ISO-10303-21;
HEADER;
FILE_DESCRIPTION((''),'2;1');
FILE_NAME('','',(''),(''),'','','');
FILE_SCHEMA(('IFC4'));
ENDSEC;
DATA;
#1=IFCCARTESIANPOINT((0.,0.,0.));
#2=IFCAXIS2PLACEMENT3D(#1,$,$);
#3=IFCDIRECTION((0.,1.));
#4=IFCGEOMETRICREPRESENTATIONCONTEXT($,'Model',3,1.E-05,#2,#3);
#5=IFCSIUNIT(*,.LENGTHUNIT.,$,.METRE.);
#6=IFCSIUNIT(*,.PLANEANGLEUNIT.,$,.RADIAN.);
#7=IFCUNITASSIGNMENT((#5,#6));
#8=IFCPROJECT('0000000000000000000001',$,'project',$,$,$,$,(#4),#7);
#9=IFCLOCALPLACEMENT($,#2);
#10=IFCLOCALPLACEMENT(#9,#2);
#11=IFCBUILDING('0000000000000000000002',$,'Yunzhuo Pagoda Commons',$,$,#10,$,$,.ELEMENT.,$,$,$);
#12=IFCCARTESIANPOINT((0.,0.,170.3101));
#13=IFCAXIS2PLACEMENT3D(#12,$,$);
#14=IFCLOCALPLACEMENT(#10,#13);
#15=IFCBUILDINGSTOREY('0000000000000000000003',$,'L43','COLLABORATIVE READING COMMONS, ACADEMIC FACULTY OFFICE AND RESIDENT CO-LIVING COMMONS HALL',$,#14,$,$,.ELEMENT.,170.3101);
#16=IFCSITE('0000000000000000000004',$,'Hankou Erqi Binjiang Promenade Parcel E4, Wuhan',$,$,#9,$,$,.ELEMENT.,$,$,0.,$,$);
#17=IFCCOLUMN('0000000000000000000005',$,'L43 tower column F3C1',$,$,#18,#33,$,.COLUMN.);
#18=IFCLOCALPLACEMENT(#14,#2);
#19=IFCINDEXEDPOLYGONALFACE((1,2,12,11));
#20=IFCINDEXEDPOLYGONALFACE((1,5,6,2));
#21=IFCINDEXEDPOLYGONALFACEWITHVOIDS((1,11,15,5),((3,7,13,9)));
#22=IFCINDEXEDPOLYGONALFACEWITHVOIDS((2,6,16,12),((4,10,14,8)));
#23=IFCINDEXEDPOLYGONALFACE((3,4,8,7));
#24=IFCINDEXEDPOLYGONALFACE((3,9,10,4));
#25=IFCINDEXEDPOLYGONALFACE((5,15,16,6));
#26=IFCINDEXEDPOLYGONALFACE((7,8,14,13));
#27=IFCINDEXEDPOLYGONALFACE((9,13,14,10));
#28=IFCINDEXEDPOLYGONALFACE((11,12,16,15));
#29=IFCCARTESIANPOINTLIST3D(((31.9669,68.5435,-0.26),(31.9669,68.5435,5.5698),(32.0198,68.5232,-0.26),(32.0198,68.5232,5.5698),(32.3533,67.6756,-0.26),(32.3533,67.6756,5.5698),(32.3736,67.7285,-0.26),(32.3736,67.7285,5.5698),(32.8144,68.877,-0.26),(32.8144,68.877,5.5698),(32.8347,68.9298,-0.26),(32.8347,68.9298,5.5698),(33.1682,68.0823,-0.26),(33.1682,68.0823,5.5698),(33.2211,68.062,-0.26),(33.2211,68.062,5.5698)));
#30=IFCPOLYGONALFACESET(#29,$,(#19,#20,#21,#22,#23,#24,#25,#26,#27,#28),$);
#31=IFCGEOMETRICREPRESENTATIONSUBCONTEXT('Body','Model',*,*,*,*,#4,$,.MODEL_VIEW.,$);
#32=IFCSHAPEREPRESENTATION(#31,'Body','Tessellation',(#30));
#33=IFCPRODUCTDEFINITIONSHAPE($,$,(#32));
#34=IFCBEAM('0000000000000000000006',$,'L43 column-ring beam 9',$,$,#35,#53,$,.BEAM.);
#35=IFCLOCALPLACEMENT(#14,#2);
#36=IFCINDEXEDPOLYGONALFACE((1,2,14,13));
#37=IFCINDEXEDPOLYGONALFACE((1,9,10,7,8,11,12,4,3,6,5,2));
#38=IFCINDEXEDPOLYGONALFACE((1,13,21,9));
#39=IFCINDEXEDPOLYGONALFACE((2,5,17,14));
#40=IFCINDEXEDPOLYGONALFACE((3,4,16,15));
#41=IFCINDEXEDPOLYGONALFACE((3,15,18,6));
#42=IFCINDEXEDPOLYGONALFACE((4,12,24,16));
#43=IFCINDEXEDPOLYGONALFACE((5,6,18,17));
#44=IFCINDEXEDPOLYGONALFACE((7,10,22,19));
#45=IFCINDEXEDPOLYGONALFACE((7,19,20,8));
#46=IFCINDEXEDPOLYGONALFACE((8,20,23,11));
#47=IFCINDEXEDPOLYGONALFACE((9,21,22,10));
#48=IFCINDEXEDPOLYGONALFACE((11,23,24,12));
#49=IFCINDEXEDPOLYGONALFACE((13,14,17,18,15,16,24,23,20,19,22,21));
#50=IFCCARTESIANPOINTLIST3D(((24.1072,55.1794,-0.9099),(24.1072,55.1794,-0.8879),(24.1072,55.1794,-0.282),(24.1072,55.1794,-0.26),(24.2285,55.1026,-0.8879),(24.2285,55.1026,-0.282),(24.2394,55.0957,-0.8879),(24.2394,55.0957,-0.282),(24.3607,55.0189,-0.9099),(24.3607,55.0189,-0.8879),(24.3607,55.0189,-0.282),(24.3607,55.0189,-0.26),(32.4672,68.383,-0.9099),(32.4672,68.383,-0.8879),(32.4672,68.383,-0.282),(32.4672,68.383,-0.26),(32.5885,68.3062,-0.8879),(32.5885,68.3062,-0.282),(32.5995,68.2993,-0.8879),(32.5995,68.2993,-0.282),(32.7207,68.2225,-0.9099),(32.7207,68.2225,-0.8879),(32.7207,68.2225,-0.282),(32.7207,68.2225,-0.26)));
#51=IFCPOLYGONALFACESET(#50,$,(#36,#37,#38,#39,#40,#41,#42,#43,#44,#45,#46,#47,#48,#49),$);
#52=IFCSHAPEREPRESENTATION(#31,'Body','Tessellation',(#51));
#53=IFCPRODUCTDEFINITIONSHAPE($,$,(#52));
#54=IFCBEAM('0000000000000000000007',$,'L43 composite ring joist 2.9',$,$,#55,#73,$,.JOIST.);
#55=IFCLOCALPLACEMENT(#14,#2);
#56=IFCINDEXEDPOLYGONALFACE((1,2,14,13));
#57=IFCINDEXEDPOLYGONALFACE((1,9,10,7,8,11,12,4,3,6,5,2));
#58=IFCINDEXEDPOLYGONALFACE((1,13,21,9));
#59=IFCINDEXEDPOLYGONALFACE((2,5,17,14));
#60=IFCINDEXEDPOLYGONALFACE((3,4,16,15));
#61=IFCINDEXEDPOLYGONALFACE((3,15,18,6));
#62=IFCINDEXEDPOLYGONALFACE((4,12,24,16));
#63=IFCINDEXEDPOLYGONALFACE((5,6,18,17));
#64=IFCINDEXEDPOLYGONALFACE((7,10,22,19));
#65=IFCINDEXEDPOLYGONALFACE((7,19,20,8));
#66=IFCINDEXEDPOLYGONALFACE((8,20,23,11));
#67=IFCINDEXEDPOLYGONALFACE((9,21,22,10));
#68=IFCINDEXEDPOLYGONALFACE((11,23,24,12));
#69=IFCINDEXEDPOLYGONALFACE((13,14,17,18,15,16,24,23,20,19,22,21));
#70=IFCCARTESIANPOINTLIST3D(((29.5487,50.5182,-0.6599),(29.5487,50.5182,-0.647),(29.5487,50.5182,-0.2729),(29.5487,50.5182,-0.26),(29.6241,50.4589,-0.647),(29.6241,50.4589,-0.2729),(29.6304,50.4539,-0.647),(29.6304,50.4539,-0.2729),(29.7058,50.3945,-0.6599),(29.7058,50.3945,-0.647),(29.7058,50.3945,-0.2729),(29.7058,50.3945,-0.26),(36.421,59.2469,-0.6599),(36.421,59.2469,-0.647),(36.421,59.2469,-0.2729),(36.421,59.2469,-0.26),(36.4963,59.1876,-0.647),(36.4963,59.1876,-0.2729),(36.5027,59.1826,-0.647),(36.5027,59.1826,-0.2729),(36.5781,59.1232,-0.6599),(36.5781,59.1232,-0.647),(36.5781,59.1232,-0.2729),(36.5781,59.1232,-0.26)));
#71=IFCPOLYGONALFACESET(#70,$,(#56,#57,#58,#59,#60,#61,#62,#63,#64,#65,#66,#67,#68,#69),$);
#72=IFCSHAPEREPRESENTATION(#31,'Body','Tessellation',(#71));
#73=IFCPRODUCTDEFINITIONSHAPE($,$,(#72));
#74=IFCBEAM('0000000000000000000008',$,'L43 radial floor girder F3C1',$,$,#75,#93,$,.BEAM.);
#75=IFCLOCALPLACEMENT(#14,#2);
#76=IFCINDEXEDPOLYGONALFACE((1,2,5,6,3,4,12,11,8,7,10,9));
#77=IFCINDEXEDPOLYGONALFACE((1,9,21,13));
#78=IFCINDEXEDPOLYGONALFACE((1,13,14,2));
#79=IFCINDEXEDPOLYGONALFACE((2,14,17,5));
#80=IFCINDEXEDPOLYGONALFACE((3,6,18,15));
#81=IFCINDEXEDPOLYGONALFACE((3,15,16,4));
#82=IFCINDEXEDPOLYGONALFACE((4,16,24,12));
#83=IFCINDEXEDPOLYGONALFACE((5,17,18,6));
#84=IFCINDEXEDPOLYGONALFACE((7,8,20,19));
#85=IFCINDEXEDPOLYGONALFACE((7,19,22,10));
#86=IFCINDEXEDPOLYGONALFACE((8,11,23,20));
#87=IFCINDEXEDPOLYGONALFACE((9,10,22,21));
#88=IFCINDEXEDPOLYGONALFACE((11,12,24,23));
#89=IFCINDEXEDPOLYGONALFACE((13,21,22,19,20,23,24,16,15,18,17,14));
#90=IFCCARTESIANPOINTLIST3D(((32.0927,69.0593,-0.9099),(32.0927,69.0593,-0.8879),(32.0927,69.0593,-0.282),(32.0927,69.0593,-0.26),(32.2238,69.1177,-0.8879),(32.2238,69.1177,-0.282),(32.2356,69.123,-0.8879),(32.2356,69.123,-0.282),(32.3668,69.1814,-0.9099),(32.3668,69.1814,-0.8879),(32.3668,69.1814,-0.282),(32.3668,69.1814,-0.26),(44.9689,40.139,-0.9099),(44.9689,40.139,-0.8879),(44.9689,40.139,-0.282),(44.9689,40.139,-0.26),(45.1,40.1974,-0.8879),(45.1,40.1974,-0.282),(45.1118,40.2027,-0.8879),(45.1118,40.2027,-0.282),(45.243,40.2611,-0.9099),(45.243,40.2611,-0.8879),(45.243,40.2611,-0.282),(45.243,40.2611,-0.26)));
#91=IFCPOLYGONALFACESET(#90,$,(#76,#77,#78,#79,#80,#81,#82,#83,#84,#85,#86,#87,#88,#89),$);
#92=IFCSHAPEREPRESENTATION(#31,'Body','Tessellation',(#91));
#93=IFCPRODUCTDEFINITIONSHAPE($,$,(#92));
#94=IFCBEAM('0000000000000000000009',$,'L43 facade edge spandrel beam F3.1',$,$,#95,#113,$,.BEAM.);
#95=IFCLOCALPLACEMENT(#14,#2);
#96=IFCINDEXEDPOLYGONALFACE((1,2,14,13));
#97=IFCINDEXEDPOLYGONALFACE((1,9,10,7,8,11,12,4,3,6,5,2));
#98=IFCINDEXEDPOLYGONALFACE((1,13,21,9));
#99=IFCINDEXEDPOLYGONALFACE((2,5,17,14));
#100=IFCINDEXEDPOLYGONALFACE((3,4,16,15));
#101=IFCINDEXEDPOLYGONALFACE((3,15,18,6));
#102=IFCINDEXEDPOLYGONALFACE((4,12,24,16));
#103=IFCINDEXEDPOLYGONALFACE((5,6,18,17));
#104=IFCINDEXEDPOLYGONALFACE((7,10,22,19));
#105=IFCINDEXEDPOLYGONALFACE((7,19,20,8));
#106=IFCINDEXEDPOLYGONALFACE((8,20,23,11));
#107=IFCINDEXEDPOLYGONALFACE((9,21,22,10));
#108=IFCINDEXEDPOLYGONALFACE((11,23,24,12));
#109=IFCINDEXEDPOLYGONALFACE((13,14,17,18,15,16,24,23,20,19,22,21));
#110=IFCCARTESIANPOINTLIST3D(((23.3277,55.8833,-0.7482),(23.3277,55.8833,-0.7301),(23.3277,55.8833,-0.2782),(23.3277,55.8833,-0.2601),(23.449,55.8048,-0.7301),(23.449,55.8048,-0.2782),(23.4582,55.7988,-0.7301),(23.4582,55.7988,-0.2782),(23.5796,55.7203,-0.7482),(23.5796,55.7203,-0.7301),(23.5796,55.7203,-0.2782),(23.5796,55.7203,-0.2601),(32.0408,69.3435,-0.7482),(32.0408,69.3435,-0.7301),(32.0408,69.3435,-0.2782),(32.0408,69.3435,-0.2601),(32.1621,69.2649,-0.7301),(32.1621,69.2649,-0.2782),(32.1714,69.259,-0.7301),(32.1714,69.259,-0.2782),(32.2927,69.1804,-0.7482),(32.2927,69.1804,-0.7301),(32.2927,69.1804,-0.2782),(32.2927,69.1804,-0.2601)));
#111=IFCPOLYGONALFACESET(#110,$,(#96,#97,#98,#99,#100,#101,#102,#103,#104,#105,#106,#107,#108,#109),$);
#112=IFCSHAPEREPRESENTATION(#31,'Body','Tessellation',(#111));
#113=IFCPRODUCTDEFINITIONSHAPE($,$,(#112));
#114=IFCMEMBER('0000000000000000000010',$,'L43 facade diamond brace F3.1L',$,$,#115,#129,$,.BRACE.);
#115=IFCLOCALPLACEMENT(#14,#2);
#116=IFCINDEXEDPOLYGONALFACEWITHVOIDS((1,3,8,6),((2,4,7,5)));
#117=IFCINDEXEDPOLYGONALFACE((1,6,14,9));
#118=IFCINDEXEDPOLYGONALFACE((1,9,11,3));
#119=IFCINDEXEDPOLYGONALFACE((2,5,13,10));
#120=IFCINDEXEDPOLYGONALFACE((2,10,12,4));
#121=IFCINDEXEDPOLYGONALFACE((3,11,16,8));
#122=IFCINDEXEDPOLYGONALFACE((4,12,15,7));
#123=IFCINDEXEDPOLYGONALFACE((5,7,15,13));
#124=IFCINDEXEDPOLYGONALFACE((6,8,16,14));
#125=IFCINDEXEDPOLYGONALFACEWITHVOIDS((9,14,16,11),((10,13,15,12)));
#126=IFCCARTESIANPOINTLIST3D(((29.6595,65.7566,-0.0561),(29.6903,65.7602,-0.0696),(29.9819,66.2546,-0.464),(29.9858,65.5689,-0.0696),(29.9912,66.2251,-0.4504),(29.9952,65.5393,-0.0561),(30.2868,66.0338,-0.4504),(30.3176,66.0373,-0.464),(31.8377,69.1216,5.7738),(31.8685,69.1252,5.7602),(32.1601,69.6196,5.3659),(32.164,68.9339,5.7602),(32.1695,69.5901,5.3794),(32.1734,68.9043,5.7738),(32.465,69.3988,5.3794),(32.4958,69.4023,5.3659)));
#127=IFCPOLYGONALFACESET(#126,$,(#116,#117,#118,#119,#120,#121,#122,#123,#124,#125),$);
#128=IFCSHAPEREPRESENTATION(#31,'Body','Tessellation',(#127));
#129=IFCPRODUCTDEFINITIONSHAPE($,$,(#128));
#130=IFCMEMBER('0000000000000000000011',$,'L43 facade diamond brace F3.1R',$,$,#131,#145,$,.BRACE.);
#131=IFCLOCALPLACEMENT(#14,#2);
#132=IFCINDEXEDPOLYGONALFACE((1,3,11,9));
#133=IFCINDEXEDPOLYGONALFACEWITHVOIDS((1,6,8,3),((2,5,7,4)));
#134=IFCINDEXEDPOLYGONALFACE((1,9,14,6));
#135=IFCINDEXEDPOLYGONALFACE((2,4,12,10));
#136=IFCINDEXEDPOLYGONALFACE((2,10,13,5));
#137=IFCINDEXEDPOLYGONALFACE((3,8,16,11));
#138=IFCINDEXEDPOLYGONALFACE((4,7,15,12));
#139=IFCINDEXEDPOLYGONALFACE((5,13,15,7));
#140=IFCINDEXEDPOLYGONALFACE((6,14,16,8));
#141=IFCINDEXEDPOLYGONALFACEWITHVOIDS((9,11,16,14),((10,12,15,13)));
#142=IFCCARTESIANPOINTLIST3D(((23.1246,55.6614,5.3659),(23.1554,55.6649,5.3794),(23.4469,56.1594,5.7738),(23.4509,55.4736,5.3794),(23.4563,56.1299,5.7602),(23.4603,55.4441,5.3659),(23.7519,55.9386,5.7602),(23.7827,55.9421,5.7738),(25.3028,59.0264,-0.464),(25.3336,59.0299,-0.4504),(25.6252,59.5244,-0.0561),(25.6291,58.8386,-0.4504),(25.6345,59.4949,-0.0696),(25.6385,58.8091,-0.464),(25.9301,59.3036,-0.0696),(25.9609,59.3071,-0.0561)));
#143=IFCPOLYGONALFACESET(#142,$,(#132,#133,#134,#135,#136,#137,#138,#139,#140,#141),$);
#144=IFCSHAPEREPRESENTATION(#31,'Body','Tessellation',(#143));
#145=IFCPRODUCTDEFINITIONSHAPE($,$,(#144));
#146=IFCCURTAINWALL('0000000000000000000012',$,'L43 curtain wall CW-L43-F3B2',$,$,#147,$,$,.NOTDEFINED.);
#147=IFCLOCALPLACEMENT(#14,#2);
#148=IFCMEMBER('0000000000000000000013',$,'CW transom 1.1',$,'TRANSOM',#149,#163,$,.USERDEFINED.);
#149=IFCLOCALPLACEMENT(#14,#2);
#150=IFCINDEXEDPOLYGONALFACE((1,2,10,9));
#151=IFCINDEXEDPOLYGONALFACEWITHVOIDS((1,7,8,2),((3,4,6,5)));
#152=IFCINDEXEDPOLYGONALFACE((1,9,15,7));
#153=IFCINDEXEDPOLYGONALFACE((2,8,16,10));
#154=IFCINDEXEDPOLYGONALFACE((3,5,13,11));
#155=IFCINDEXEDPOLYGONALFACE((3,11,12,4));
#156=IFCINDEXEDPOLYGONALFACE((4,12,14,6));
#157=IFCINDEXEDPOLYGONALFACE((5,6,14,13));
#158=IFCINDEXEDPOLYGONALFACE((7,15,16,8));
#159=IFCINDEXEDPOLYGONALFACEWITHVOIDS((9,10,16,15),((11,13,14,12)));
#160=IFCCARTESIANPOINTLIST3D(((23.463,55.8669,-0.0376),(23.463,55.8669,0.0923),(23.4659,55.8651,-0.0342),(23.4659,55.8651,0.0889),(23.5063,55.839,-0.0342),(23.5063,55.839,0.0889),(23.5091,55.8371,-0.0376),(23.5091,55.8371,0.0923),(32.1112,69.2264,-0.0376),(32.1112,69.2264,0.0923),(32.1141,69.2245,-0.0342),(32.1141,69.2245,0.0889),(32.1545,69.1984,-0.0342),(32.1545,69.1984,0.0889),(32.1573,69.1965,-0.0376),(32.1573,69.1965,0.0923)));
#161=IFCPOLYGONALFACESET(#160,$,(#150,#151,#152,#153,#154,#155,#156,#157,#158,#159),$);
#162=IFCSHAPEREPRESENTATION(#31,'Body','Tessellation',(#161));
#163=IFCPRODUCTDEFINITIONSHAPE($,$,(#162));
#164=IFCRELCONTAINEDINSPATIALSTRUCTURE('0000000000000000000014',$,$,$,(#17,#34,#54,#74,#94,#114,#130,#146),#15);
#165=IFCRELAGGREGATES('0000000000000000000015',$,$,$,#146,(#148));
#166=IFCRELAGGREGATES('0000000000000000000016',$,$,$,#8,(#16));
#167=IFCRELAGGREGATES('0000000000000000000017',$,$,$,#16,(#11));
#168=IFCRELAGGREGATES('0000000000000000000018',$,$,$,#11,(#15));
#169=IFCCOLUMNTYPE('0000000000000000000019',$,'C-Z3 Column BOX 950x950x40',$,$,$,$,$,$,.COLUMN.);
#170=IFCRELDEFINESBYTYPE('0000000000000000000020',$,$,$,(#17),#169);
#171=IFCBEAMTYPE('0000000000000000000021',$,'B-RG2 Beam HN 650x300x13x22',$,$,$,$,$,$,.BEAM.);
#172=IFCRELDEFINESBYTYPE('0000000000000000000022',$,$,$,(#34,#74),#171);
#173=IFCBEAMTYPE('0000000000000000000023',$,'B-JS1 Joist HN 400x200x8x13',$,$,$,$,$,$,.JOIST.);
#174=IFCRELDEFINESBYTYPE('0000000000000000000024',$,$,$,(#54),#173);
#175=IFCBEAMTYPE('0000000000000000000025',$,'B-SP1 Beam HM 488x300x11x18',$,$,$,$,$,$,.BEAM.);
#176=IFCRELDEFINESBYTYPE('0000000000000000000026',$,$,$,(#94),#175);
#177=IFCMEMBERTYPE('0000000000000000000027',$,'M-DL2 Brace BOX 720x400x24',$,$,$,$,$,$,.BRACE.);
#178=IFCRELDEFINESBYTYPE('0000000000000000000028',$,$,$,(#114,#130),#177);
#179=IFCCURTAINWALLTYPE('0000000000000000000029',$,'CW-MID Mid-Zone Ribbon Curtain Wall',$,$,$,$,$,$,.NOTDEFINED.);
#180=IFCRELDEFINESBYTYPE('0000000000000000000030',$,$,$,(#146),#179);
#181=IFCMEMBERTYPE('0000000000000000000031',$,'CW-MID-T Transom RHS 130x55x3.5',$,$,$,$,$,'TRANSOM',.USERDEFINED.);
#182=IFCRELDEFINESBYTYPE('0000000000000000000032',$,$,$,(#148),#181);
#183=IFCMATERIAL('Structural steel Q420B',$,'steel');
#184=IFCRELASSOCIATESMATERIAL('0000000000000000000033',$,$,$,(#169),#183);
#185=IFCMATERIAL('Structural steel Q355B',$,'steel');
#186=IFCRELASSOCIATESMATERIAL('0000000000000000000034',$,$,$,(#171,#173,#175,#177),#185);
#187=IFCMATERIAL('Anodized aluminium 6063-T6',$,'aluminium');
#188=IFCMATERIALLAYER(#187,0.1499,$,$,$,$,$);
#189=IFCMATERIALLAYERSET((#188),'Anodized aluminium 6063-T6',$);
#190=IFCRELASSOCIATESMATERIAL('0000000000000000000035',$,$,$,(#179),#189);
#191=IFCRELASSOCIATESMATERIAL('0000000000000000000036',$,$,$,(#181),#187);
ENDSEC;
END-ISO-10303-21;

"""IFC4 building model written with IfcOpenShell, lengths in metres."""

from ifc_helpers import new_model, si_unit, direction, frame, origin, origin_2d, place, context, subcontext, project, spatial, hollow_rectangle, i_section, extrude, source, transform, mapped, material, layer, layer_set, material_profile, profile_set, type_object, element, aggregate, save


model = new_model("IFC4")

# Units and contexts
model_context = context("Model", 3, precision=1e-05, world=origin(), true_north=direction((0.0, 1.0)))
body_context = subcontext(model_context, "Body", "Model", "MODEL_VIEW")
ifc_project = project(units=[si_unit("LENGTHUNIT", "METRE"), si_unit("PLANEANGLEUNIT", "RADIAN")], contexts=[model_context])

# Site, building, storey
site_placement = place(None, origin())
site = spatial("IfcSite", under=ifc_project, at=site_placement, Name="Hankou Erqi Binjiang Promenade Parcel E4, Wuhan", CompositionType="ELEMENT", RefElevation=0.0)
building_placement = place(site_placement, origin())
building = spatial("IfcBuilding", under=site, at=building_placement, Name="Yunzhuo Pagoda Commons", CompositionType="ELEMENT")
storey_placement = place(building_placement, frame((0.0, 0.0, 170.3101)))
storey = spatial("IfcBuildingStorey", under=building, at=storey_placement, Name="L43", Description="COLLABORATIVE READING COMMONS, ACADEMIC FACULTY OFFICE AND RESIDENT CO-LIVING COMMONS HALL", CompositionType="ELEMENT", Elevation=170.3101)

# Column
ifc_material_1 = material(Name="Structural steel Q420B", Category="steel")
ifc_material_profile_1 = material_profile(ifc_material_1, hollow_rectangle(XDim=0.95, YDim=0.95, WallThickness=0.04, at=origin_2d()), Name="Structural steel Q420B")
ifc_profile_set_1 = profile_set([ifc_material_profile_1], Name="Structural steel Q420B")
column_type = type_object("IfcColumnType", Name="C-Z3 Column BOX 950x950x40", PredefinedType="COLUMN", material=ifc_profile_set_1)
shared_shape_1 = source(origin(), body_context, "Body", "SweptSolid", [
    extrude(hollow_rectangle(XDim=0.95, YDim=0.95, WallThickness=0.04, at=origin_2d()), origin(), (0.0, 0.0, 1.0), 5.8298),
])
column_placement = place(storey_placement, frame((32.594, 68.3027, -0.26), z_axis=(0.0, 0.0, 1.0), x_axis=(-0.913545, -0.406737, 0.0)))
element("IfcColumn", 1, at=column_placement, inside=storey, type_object=column_type, Name="L43 tower column F3C1", PredefinedType="COLUMN", context=body_context, shape_type="MappedRepresentation", body=[
    mapped(shared_shape_1, transform((0.0, 0.0, 0.0), scale=1.0)),
])

# Beams
ifc_material_2 = material(Name="Structural steel Q355B", Category="steel")
ifc_material_profile_2 = material_profile(ifc_material_2, i_section(OverallWidth=0.3, OverallDepth=0.6499, WebThickness=0.0129, FlangeThickness=0.022, at=origin_2d()), Name="Structural steel Q355B")
ifc_profile_set_2 = profile_set([ifc_material_profile_2], Name="Structural steel Q355B")
beam_type_1 = type_object("IfcBeamType", Name="B-RG2 Beam HN 650x300x13x22", PredefinedType="BEAM", material=ifc_profile_set_2)
shared_shape_2 = source(origin(), body_context, "Body", "SweptSolid", [
    extrude(i_section(OverallWidth=0.3, OverallDepth=0.6499, WebThickness=0.0129, FlangeThickness=0.022, at=origin_2d()), origin(), (0.0, 0.0, 1.0), 15.6277),
])
beam_1_placement = place(storey_placement, frame((32.594, 68.3027, -0.585), z_axis=(-0.534952, -0.844882, 0.0), x_axis=(0.844882, -0.534952, 0.0)))
element("IfcBeam", 2, at=beam_1_placement, inside=storey, type_object=beam_type_1, Name="L43 column-ring beam 9", PredefinedType="BEAM", context=body_context, shape_type="MappedRepresentation", body=[
    mapped(shared_shape_2, transform((0.0, 0.0, 0.0), scale=1.0)),
])
ifc_material_profile_3 = material_profile(ifc_material_2, i_section(OverallWidth=0.2, OverallDepth=0.3999, WebThickness=0.0081, FlangeThickness=0.0129, at=origin_2d()), Name="Structural steel Q355B")
ifc_profile_set_3 = profile_set([ifc_material_profile_3], Name="Structural steel Q355B")
beam_type_2 = type_object("IfcBeamType", Name="B-JS1 Joist HN 400x200x8x13", PredefinedType="JOIST", material=ifc_profile_set_3)
shared_shape_3 = source(origin(), body_context, "Body", "SweptSolid", [
    extrude(i_section(OverallWidth=0.2, OverallDepth=0.3999, WebThickness=0.0081, FlangeThickness=0.0129, at=origin_2d()), origin(), (0.0, 0.0, 1.0), 11.1094),
])
beam_2_placement = place(storey_placement, frame((36.4995, 59.1851, -0.46), z_axis=(-0.618601, -0.785706, 0.0), x_axis=(0.785706, -0.618601, 0.0)))
element("IfcBeam", 3, at=beam_2_placement, inside=storey, type_object=beam_type_2, Name="L43 composite ring joist 2.9", PredefinedType="JOIST", context=body_context, shape_type="MappedRepresentation", body=[
    mapped(shared_shape_3, transform((0.0, 0.0, 0.0), scale=1.0)),
])
shared_shape_4 = source(origin(), body_context, "Body", "SweptSolid", [
    extrude(i_section(OverallWidth=0.3, OverallDepth=0.6499, WebThickness=0.0129, FlangeThickness=0.022, at=origin_2d()), origin(), (0.0, 0.0, 1.0), 31.6572),
])
beam_3_placement = place(storey_placement, frame((32.2297, 69.1204, -0.585), z_axis=(0.406737, -0.913545, 0.0), x_axis=(0.913545, 0.406737, 0.0)))
element("IfcBeam", 4, at=beam_3_placement, inside=storey, type_object=beam_type_1, Name="L43 radial floor girder F3C1", PredefinedType="BEAM", context=body_context, shape_type="MappedRepresentation", body=[
    mapped(shared_shape_4, transform((0.0, 0.0, 0.0), scale=1.0)),
])
ifc_material_profile_4 = material_profile(ifc_material_2, i_section(OverallWidth=0.3, OverallDepth=0.488, WebThickness=0.011, FlangeThickness=0.0181, at=origin_2d()), Name="Structural steel Q355B")
ifc_profile_set_4 = profile_set([ifc_material_profile_4], Name="Structural steel Q355B")
beam_type_3 = type_object("IfcBeamType", Name="B-SP1 Beam HM 488x300x11x18", PredefinedType="BEAM", material=ifc_profile_set_4)
shared_shape_5 = source(origin(), body_context, "Body", "SweptSolid", [
    extrude(i_section(OverallWidth=0.3, OverallDepth=0.488, WebThickness=0.011, FlangeThickness=0.0181, at=origin_2d()), origin(), (0.0, 0.0, 1.0), 16.0342),
])
beam_4_placement = place(storey_placement, frame((32.1667, 69.262, -0.5042), z_axis=(-0.543409, -0.839468, 0.0), x_axis=(0.839468, -0.543409, 0.0)))
element("IfcBeam", 5, at=beam_4_placement, inside=storey, type_object=beam_type_3, Name="L43 facade edge spandrel beam F3.1", PredefinedType="BEAM", context=body_context, shape_type="MappedRepresentation", body=[
    mapped(shared_shape_5, transform((0.0, 0.0, 0.0), scale=1.0)),
])

# Members
ifc_material_profile_5 = material_profile(ifc_material_2, hollow_rectangle(XDim=0.3999, YDim=0.72, WallThickness=0.0239, at=origin_2d()), Name="Structural steel Q355B")
ifc_profile_set_5 = profile_set([ifc_material_profile_5], Name="Structural steel Q355B")
member_type_1 = type_object("IfcMemberType", Name="M-DL2 Brace BOX 720x400x24", PredefinedType="BRACE", material=ifc_profile_set_5)
shared_shape_6 = source(origin(), body_context, "Body", "SweptSolid", [
    extrude(hollow_rectangle(XDim=0.3999, YDim=0.72, WallThickness=0.0239, at=origin_2d()), origin(), (0.0, 0.0, 1.0), 7.075),
])
for number, where, z_axis, x_axis, name in (
    (6, (29.9885, 65.897, -0.26), (0.307879, 0.475621, 0.824012), (-0.83947, 0.543405, 0.0), "L43 facade diamond brace F3.1L"),
    (7, (25.6318, 59.1667, -0.26), (-0.307879, -0.475621, 0.824012), (0.83947, -0.543405, 0.0), "L43 facade diamond brace F3.1R"),
):
    element("IfcMember", number, at=place(storey_placement, frame(where, z_axis=z_axis, x_axis=x_axis)), inside=storey, type_object=member_type_1, Name=name, PredefinedType="BRACE", context=body_context, shape_type="MappedRepresentation", body=[
        mapped(shared_shape_6, transform((0.0, 0.0, 0.0), scale=1.0)),
    ])

# Curtain wall, member
ifc_material_3 = material(Name="Anodized aluminium 6063-T6", Category="aluminium")
ifc_layer_1 = layer(ifc_material_3, 0.1499)
ifc_layer_set_1 = layer_set([ifc_layer_1], Name="Anodized aluminium 6063-T6")
curtain_wall_type = type_object("IfcCurtainWallType", Name="CW-MID Mid-Zone Ribbon Curtain Wall", PredefinedType="NOTDEFINED", material=ifc_layer_set_1)
curtain_wall_1_placement = place(storey_placement, origin())
curtain_wall_1 = element("IfcCurtainWall", 8, at=curtain_wall_1_placement, inside=storey, type_object=curtain_wall_type, Name="L43 curtain wall CW-L43-F3B2", PredefinedType="NOTDEFINED")
ifc_material_profile_6 = material_profile(ifc_material_3, hollow_rectangle(XDim=0.0549, YDim=0.1299, WallThickness=0.0034, at=origin_2d()), Name="Anodized aluminium 6063-T6")
ifc_profile_set_6 = profile_set([ifc_material_profile_6], Name="Anodized aluminium 6063-T6")
member_type_2 = type_object("IfcMemberType", Name="CW-MID-T Transom RHS 130x55x3.5", ElementType="TRANSOM", PredefinedType="USERDEFINED", material=ifc_profile_set_6)
shared_shape_7 = source(origin(), body_context, "Body", "SweptSolid", [
    extrude(hollow_rectangle(XDim=0.0549, YDim=0.1299, WallThickness=0.0034, at=origin_2d()), origin(), (0.0, 0.0, 1.0), 15.9143),
])
member_1_placement = place(storey_placement, frame((32.1343, 69.2114, 0.0273), z_axis=(-0.543424, -0.839459, 0.0), x_axis=(0.839459, -0.543424, 0.0)))
member_1 = element("IfcMember", 9, at=member_1_placement, type_object=member_type_2, Name="CW transom 1.1", ObjectType="TRANSOM", PredefinedType="USERDEFINED", context=body_context, shape_type="MappedRepresentation", body=[
    mapped(shared_shape_7, transform((0.0, 0.0, 0.0), scale=1.0)),
])

aggregate(curtain_wall_1, [member_1])

save(model, "model.ifc")
